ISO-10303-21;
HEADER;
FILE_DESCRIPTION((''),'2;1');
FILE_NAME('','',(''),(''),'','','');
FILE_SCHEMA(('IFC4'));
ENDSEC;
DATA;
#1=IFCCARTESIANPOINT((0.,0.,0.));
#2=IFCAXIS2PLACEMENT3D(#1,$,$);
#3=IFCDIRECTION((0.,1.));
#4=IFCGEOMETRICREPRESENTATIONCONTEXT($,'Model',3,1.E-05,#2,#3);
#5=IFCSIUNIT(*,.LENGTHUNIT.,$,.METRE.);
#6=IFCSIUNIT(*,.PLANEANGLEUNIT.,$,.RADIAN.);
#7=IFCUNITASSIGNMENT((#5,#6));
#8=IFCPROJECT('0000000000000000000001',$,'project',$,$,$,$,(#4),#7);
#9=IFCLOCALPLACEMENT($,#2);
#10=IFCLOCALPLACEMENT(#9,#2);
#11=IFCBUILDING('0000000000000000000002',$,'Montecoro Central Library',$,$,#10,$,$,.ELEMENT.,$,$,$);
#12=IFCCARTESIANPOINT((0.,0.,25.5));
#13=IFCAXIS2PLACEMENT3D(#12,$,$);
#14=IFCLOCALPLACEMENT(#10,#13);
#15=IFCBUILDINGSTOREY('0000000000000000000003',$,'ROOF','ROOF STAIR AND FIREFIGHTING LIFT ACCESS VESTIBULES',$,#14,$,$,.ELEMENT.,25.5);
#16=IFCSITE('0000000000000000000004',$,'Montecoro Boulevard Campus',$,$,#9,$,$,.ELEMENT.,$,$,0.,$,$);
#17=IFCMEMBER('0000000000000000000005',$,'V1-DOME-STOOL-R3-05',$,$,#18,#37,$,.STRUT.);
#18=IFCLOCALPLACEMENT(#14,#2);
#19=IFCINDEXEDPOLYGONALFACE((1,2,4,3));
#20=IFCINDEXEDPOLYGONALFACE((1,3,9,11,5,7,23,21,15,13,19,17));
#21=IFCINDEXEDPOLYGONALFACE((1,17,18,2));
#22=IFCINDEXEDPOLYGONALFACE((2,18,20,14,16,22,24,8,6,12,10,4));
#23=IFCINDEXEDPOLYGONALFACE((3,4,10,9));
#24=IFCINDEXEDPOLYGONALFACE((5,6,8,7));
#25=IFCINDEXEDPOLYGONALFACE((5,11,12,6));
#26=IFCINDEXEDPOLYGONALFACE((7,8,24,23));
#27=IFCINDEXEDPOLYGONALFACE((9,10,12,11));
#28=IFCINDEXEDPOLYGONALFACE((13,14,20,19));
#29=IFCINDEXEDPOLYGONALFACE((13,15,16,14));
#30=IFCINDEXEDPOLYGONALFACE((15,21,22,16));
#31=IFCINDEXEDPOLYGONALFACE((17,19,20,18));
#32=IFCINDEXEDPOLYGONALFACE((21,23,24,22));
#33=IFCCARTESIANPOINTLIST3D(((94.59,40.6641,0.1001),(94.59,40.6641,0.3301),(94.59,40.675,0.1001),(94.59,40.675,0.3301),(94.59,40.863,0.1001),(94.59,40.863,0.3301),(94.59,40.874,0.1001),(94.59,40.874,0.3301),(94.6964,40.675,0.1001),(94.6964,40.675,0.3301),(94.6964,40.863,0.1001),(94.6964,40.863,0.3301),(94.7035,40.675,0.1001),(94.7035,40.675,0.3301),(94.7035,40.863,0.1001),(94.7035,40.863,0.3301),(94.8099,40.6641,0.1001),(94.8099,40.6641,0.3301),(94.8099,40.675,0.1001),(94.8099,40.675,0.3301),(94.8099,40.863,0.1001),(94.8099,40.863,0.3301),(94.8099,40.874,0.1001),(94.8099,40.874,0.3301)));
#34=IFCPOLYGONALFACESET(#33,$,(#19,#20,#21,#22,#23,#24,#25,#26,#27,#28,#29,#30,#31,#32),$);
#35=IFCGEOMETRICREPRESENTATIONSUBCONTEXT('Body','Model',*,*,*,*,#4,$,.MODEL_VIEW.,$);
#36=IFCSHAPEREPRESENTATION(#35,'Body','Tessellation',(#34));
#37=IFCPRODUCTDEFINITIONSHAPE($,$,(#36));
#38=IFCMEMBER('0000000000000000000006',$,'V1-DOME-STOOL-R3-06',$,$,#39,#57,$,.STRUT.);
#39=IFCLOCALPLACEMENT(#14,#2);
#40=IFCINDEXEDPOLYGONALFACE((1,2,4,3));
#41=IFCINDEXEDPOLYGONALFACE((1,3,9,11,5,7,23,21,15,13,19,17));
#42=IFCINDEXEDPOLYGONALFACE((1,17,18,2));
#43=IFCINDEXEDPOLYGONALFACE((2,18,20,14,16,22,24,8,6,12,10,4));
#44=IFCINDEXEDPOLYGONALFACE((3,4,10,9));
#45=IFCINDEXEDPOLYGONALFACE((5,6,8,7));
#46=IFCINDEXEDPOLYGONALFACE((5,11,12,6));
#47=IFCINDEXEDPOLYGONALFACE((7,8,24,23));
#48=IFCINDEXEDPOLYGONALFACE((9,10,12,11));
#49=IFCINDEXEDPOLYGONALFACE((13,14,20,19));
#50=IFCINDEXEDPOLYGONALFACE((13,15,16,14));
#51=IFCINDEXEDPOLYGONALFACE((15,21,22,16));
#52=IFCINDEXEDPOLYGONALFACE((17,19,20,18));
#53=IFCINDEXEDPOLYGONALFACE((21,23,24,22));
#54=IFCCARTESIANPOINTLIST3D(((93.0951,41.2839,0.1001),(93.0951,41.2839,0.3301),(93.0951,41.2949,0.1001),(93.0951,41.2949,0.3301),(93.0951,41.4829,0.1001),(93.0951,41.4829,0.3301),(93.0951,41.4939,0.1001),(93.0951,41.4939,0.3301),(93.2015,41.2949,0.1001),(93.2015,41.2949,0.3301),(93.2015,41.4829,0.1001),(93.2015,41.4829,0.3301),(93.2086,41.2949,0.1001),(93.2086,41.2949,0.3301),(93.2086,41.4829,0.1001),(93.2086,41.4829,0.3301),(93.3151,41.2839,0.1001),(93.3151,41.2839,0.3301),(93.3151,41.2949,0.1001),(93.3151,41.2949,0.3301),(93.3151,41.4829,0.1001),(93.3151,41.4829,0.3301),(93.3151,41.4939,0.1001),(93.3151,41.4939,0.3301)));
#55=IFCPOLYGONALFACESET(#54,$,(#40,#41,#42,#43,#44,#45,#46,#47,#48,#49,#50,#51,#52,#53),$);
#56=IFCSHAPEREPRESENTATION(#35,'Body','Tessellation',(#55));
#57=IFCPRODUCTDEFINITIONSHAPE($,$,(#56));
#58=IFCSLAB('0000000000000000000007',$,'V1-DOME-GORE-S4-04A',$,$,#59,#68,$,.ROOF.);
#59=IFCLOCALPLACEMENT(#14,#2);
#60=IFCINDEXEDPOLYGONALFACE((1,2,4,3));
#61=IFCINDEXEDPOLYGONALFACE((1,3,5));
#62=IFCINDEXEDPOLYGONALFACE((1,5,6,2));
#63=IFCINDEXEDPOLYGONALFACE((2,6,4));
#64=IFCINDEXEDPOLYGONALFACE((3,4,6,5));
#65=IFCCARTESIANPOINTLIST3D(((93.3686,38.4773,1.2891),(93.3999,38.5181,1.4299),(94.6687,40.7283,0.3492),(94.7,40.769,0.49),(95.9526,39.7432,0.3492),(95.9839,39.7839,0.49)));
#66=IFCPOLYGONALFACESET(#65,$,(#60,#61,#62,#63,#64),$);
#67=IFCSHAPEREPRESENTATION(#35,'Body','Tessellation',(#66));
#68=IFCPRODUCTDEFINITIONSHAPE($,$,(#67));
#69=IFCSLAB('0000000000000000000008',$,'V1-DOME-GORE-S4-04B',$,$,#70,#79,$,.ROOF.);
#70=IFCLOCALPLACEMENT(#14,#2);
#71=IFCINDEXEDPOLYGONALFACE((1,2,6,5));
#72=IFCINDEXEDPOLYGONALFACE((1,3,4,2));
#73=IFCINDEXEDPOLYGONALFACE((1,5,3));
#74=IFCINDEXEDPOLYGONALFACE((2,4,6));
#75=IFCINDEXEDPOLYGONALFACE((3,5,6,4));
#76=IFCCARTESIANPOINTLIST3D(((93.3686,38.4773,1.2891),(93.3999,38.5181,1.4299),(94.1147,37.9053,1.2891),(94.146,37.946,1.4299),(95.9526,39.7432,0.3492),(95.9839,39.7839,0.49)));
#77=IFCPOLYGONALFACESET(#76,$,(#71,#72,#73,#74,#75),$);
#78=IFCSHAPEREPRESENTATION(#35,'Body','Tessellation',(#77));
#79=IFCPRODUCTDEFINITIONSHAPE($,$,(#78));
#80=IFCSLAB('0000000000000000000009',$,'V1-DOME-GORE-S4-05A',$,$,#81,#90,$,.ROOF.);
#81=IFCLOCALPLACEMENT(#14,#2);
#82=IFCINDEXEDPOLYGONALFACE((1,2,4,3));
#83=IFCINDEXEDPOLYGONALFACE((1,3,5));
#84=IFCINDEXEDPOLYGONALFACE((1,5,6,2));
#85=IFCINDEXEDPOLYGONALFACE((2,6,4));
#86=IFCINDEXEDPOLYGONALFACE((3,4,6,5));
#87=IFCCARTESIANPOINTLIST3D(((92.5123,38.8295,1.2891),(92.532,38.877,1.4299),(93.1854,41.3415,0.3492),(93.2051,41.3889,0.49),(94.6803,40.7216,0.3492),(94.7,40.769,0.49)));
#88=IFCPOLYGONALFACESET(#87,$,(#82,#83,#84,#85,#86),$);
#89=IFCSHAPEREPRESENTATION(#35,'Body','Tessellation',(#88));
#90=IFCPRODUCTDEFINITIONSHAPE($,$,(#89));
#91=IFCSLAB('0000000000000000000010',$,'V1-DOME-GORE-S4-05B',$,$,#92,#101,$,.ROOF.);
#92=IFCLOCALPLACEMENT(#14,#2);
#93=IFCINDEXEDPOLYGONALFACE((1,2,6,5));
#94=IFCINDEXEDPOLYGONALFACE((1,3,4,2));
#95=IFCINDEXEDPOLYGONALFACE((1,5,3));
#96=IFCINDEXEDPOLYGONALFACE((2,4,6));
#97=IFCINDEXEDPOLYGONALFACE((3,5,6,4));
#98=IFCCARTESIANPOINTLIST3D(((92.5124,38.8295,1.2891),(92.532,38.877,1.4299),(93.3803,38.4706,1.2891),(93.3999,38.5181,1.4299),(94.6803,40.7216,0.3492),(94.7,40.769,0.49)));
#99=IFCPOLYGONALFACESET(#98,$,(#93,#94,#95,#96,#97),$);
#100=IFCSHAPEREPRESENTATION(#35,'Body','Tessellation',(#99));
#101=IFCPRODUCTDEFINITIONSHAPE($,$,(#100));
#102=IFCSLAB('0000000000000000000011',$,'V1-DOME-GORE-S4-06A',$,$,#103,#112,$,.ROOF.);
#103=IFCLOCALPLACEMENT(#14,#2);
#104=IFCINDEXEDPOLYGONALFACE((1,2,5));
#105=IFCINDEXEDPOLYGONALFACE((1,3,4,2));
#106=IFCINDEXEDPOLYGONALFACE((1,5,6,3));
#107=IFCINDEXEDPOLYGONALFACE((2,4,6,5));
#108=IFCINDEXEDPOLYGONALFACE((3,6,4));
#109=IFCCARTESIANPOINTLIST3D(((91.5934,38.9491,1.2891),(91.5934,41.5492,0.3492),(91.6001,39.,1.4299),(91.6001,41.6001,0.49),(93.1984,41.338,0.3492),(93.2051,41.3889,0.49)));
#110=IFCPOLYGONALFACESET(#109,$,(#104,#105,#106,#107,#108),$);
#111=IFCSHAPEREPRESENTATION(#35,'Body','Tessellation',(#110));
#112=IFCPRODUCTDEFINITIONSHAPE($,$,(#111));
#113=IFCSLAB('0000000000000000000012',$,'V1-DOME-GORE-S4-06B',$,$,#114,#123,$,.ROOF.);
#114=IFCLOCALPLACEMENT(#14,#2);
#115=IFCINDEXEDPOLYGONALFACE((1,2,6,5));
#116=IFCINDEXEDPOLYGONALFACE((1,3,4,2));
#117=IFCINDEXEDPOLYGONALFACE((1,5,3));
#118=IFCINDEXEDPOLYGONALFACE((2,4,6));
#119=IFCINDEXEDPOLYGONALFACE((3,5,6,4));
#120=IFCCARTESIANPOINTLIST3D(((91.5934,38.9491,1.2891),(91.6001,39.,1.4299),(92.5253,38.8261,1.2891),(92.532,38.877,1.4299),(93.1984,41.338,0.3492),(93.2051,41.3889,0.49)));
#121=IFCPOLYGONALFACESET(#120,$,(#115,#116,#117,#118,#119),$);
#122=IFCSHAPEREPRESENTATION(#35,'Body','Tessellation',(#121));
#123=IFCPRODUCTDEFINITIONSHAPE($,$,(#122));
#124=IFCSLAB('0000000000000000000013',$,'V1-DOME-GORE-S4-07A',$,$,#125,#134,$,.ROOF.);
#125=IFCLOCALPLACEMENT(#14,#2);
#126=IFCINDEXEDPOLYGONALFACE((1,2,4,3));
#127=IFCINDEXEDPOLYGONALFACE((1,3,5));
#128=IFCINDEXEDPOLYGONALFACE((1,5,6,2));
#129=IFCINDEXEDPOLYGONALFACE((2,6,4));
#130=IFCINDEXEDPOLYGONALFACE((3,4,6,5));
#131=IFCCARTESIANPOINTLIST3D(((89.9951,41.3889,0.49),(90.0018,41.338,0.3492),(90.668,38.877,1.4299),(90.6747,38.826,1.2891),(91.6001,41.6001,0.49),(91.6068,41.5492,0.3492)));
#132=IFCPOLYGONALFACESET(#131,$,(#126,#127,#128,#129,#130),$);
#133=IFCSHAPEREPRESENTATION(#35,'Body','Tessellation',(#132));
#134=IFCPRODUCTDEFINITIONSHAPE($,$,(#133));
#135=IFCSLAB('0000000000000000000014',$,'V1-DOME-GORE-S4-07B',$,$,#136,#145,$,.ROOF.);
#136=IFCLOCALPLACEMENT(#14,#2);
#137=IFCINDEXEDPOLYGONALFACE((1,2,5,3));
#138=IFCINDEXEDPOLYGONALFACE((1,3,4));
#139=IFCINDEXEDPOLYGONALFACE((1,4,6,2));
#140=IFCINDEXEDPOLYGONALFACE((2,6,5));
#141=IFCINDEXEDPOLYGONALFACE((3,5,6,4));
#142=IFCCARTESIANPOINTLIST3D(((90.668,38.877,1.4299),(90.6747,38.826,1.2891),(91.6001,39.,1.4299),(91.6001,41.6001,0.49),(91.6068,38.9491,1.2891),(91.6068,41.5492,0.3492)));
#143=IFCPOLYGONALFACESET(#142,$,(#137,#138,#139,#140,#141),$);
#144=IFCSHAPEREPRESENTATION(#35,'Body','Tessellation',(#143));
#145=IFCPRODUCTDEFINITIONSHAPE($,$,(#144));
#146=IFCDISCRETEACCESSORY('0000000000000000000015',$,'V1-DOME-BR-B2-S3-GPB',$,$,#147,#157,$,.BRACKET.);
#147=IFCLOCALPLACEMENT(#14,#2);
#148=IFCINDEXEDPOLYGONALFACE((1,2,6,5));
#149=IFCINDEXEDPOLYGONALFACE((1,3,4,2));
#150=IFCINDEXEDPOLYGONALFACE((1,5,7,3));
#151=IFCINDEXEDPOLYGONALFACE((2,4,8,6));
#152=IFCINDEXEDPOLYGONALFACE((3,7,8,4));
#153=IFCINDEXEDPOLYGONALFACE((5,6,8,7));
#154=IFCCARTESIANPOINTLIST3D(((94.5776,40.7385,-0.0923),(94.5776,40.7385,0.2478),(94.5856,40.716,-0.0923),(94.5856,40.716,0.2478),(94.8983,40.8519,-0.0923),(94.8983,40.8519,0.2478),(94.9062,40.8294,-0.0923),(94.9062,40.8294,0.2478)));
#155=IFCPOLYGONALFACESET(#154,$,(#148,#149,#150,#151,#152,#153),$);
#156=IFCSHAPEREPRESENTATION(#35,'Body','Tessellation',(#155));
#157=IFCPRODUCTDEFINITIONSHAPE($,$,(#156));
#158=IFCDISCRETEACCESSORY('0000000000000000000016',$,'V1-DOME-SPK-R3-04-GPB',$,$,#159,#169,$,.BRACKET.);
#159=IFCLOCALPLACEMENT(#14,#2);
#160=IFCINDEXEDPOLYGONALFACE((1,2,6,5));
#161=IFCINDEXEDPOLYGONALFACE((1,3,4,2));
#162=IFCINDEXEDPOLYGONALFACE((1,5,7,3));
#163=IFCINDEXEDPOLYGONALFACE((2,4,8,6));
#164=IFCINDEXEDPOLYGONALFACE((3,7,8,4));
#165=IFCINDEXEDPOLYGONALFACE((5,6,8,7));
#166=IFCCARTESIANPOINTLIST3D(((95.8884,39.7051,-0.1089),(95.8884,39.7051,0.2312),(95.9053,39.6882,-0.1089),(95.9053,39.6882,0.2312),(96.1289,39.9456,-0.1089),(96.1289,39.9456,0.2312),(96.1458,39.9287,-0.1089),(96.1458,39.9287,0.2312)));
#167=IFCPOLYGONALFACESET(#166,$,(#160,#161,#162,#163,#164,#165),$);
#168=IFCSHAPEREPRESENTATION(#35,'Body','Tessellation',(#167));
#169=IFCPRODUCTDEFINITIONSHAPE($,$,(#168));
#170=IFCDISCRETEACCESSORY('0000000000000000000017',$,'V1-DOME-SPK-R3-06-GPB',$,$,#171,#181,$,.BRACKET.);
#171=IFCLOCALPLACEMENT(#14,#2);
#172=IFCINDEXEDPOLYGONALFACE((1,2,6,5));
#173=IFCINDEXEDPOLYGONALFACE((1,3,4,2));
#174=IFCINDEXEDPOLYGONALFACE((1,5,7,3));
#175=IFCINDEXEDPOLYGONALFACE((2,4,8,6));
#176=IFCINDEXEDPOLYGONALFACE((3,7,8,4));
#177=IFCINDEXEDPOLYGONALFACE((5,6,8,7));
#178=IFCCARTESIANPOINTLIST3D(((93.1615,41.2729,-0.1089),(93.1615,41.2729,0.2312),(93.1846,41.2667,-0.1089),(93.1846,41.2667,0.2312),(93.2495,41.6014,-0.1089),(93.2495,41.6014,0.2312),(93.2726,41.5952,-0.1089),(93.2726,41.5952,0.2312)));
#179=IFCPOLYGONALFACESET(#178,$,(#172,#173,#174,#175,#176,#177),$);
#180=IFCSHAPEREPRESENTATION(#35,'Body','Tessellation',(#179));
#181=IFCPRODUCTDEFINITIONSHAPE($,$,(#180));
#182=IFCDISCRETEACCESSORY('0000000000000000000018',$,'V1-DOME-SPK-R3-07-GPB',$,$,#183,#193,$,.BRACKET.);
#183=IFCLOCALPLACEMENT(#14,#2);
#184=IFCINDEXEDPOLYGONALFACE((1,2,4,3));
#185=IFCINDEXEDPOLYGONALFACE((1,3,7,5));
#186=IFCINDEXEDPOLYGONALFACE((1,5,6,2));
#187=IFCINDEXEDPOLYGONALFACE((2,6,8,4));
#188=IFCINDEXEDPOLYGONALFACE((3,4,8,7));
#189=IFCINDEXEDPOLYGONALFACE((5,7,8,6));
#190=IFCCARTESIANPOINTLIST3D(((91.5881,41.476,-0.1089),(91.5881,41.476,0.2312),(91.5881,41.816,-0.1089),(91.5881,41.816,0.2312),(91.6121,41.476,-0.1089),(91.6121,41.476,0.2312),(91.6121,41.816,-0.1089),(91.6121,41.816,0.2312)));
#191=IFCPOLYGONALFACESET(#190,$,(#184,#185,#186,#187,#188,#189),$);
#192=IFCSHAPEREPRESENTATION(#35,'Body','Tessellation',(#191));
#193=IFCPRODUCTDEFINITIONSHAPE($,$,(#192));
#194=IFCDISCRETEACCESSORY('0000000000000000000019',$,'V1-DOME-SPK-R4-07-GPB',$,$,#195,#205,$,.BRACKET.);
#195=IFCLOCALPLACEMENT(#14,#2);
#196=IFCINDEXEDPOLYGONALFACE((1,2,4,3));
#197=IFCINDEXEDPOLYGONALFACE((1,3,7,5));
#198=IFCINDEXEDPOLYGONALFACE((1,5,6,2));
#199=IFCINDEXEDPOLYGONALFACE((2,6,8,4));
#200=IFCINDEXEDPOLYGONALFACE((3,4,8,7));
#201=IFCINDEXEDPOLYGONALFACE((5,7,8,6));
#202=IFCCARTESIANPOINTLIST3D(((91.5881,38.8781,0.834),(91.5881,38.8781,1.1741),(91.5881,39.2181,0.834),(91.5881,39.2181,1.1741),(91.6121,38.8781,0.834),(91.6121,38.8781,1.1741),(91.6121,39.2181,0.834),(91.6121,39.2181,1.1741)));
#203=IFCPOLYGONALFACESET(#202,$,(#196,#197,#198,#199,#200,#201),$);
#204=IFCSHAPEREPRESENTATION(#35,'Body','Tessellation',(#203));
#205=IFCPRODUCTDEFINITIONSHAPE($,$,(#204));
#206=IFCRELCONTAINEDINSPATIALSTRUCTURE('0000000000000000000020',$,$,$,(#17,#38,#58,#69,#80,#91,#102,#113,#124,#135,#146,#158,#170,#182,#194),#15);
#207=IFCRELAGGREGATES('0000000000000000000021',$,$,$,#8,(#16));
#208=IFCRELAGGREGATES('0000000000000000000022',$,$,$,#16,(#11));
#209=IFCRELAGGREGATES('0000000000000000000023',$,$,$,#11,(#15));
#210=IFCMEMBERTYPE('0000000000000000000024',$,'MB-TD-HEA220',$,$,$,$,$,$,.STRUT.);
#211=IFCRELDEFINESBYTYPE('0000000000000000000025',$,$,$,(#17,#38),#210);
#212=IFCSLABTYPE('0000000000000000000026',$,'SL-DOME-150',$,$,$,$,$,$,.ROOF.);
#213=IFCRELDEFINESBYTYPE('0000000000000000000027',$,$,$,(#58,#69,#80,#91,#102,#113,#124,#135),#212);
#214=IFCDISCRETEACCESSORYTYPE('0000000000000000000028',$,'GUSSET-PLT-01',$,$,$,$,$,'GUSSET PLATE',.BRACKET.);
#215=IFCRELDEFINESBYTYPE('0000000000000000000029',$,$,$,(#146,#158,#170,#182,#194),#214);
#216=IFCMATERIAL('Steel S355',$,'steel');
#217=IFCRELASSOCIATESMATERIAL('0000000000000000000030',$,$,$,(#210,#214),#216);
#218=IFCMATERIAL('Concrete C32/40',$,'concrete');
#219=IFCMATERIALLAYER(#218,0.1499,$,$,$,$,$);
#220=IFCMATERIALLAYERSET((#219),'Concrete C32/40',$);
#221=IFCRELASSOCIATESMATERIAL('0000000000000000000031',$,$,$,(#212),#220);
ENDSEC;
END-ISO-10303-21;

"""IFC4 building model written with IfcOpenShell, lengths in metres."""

from ifc_helpers import new_model, si_unit, direction, frame, origin, origin_2d, place, context, subcontext, project, spatial, polyline, rectangle, i_section, outline, extrude, material, layer, layer_set, material_profile, profile_set, type_object, element, save


model = new_model("IFC4")

# Units and contexts
model_context = context("Model", 3, precision=1e-05, world=origin(), true_north=direction((0.0, 1.0)))
body_context = subcontext(model_context, "Body", "Model", "MODEL_VIEW")
ifc_project = project(units=[si_unit("LENGTHUNIT", "METRE"), si_unit("PLANEANGLEUNIT", "RADIAN")], contexts=[model_context])

# Site, building, storey
site_placement = place(None, origin())
site = spatial("IfcSite", under=ifc_project, at=site_placement, Name="Montecoro Boulevard Campus", CompositionType="ELEMENT", RefElevation=0.0)
building_placement = place(site_placement, origin())
building = spatial("IfcBuilding", under=site, at=building_placement, Name="Montecoro Central Library", CompositionType="ELEMENT")
storey_placement = place(building_placement, frame((0.0, 0.0, 25.5)))
storey = spatial("IfcBuildingStorey", under=building, at=storey_placement, Name="ROOF", Description="ROOF STAIR AND FIREFIGHTING LIFT ACCESS VESTIBULES", CompositionType="ELEMENT", Elevation=25.5)

# Members
ifc_material_1 = material(Name="Steel S355", Category="steel")
ifc_material_profile_1 = material_profile(ifc_material_1, i_section(OverallWidth=0.22, OverallDepth=0.21, WebThickness=0.0071, FlangeThickness=0.011, at=origin_2d()), Name="HEA 220")
ifc_profile_set_1 = profile_set([ifc_material_profile_1], Name="Steel S355")
member_type_1 = type_object("IfcMemberType", Name="MB-TD-HEA220", PredefinedType="STRUT", material=ifc_profile_set_1)
for number, where, z_axis, x_axis, name in (
    (1, (94.7, 40.769, 0.1001), (0.0, 0.0, 1.0), (1.0, 0.0, 0.0), "V1-DOME-STOOL-R3-05"),
    (2, (93.2051, 41.3889, 0.1001), (0.0, 0.0, 1.0), (1.0, 0.0, 0.0), "V1-DOME-STOOL-R3-06"),
):
    element("IfcMember", number, at=place(storey_placement, frame(where, z_axis=z_axis, x_axis=x_axis)), inside=storey, type_object=member_type_1, Name=name, PredefinedType="STRUT", context=body_context, shape_type="SweptSolid", body=[
        extrude(i_section(OverallWidth=0.22, OverallDepth=0.21, WebThickness=0.0071, FlangeThickness=0.011, at=origin_2d()), origin(), (0.0, 0.0, 1.0), 0.23),
    ])

# Slabs
ifc_material_2 = material(Name="Concrete C32/40", Category="concrete")
ifc_layer = layer(ifc_material_2, 0.1499)
ifc_layer_set = layer_set([ifc_layer], Name="Concrete C32/40")
slab_type = type_object("IfcSlabType", Name="SL-DOME-150", PredefinedType="ROOF", material=ifc_layer_set)
slab_1_placement = place(storey_placement, frame((95.9839, 39.7839, 0.49), z_axis=(0.208568, 0.271837, 0.93947), x_axis=(-0.79338, 0.608726, 0.0)))
element("IfcSlab", 3, at=slab_1_placement, inside=storey, type_object=slab_type, Name="V1-DOME-GORE-S4-04A", PredefinedType="ROOF", context=body_context, shape_type="SweptSolid", body=[
    extrude(outline(polyline([(0.0, 0.0), (1.6183, 0.0), (1.2795, 2.7433), (0.0, 0.0)])), origin(), (0.0, 0.0, -1.0), 0.1499),
])
slab_2_placement = place(storey_placement, frame((95.9839, 39.7839, 0.49), z_axis=(0.208504, 0.271954, 0.939451), x_axis=(-0.853638, -0.418189, 0.310516)))
element("IfcSlab", 4, at=slab_2_placement, inside=storey, type_object=slab_type, Name="V1-DOME-GORE-S4-04B", PredefinedType="ROOF", context=body_context, shape_type="SweptSolid", body=[
    extrude(outline(polyline([(0.0, 0.0), (3.027, 0.0), (2.6293, 0.8519), (0.0, 0.0)])), origin(), (0.0, 0.0, -1.0), 0.1499),
])
slab_3_placement = place(storey_placement, frame((94.7, 40.769, 0.49), z_axis=(0.131199, 0.316396, 0.939511), x_axis=(-0.923732, 0.38304, 0.0)))
element("IfcSlab", 5, at=slab_3_placement, inside=storey, type_object=slab_type, Name="V1-DOME-GORE-S4-05A", PredefinedType="ROOF", context=body_context, shape_type="SweptSolid", body=[
    extrude(outline(polyline([(0.0, 0.0), (1.6183, 0.0), (1.2779, 2.7442), (0.0, 0.0)])), origin(), (0.0, 0.0, -1.0), 0.1499),
])
slab_4_placement = place(storey_placement, frame((94.7, 40.769, 0.49), z_axis=(0.130941, 0.316664, 0.939456), x_axis=(-0.716177, -0.625042, 0.310505)))
element("IfcSlab", 6, at=slab_4_placement, inside=storey, type_object=slab_type, Name="V1-DOME-GORE-S4-05B", PredefinedType="ROOF", context=body_context, shape_type="SweptSolid", body=[
    extrude(outline(polyline([(0.0, 0.0), (3.0271, 0.0), (2.6299, 0.851), (0.0, 0.0)])), origin(), (0.0, 0.0, -1.0), 0.1499),
])
slab_5_placement = place(storey_placement, frame((93.2051, 41.3889, 0.49), z_axis=(0.044688, 0.33963, 0.939497), x_axis=(-0.991454, 0.130455, 0.0)))
element("IfcSlab", 7, at=slab_5_placement, inside=storey, type_object=slab_type, Name="V1-DOME-GORE-S4-06A", PredefinedType="ROOF", context=body_context, shape_type="SweptSolid", body=[
    extrude(outline(polyline([(0.0, 0.0), (1.6188, 0.0), (1.2796, 2.7439), (0.0, 0.0)])), origin(), (0.0, 0.0, -1.0), 0.1499),
])
slab_6_placement = place(storey_placement, frame((93.2051, 41.3889, 0.49), z_axis=(0.044833, 0.339542, 0.939522), x_axis=(-0.530116, -0.789046, 0.310457)))
element("IfcSlab", 8, at=slab_6_placement, inside=storey, type_object=slab_type, Name="V1-DOME-GORE-S4-06B", PredefinedType="ROOF", context=body_context, shape_type="SweptSolid", body=[
    extrude(outline(polyline([(0.0, 0.0), (3.0276, 0.0), (2.6307, 0.8521), (0.0, 0.0)])), origin(), (0.0, 0.0, -1.0), 0.1499),
])
slab_7_placement = place(storey_placement, frame((91.6001, 41.6001, 0.49), z_axis=(-0.044682, 0.339584, 0.939514), x_axis=(-0.991454, -0.130455, 0.0)))
element("IfcSlab", 9, at=slab_7_placement, inside=storey, type_object=slab_type, Name="V1-DOME-GORE-S4-07A", PredefinedType="ROOF", context=body_context, shape_type="SweptSolid", body=[
    extrude(outline(polyline([(0.0, 0.0), (1.6188, 0.0), (1.2794, 2.7443), (0.0, 0.0)])), origin(), (0.0, 0.0, -1.0), 0.1499),
])
slab_8_placement = place(storey_placement, frame((91.6001, 41.6001, 0.49), z_axis=(-0.044833, 0.339628, 0.939491), x_axis=(-0.307852, -0.899366, 0.310432)))
element("IfcSlab", 10, at=slab_8_placement, inside=storey, type_object=slab_type, Name="V1-DOME-GORE-S4-07B", PredefinedType="ROOF", context=body_context, shape_type="SweptSolid", body=[
    extrude(outline(polyline([(0.0, 0.0), (3.0278, 0.0), (2.6302, 0.852), (0.0, 0.0)])), origin(), (0.0, 0.0, -1.0), 0.1499),
])

# Discrete accessories
discrete_accessory_type = type_object("IfcDiscreteAccessoryType", Name="GUSSET-PLT-01", ElementType="GUSSET PLATE", PredefinedType="BRACKET", material=ifc_material_1)
for number, where, z_axis, x_axis, name in (
    (11, (94.7419, 40.7839, -0.0923), (0.0, 0.0, 1.0), (-0.942758, -0.333478, 0.0), "V1-DOME-BR-B2-S3-GPB"),
    (12, (96.0171, 39.8169, -0.1089), (0.0, 0.0, 1.0), (-0.707107, -0.707107, 0.0), "V1-DOME-SPK-R3-04-GPB"),
    (13, (93.217, 41.4341, -0.1089), (0.0, 0.0, 1.0), (-0.258819, -0.965926, 0.0), "V1-DOME-SPK-R3-06-GPB"),
    (14, (91.6001, 41.646, -0.1089), (0.0, 0.0, 1.0), (0.0, -1.0, 0.0), "V1-DOME-SPK-R3-07-GPB"),
    (15, (91.6001, 39.0481, 0.834), (0.0, 0.0, 1.0), (0.0, -1.0, 0.0), "V1-DOME-SPK-R4-07-GPB"),
):
    element("IfcDiscreteAccessory", number, at=place(storey_placement, frame(where, z_axis=z_axis, x_axis=x_axis)), inside=storey, type_object=discrete_accessory_type, Name=name, PredefinedType="BRACKET", context=body_context, shape_type="SweptSolid", body=[
        extrude(rectangle(XDim=0.3401, YDim=0.0239, at=origin_2d()), origin(), (0.0, 0.0, 1.0), 0.3401),
    ])

save(model, "model.ifc")
